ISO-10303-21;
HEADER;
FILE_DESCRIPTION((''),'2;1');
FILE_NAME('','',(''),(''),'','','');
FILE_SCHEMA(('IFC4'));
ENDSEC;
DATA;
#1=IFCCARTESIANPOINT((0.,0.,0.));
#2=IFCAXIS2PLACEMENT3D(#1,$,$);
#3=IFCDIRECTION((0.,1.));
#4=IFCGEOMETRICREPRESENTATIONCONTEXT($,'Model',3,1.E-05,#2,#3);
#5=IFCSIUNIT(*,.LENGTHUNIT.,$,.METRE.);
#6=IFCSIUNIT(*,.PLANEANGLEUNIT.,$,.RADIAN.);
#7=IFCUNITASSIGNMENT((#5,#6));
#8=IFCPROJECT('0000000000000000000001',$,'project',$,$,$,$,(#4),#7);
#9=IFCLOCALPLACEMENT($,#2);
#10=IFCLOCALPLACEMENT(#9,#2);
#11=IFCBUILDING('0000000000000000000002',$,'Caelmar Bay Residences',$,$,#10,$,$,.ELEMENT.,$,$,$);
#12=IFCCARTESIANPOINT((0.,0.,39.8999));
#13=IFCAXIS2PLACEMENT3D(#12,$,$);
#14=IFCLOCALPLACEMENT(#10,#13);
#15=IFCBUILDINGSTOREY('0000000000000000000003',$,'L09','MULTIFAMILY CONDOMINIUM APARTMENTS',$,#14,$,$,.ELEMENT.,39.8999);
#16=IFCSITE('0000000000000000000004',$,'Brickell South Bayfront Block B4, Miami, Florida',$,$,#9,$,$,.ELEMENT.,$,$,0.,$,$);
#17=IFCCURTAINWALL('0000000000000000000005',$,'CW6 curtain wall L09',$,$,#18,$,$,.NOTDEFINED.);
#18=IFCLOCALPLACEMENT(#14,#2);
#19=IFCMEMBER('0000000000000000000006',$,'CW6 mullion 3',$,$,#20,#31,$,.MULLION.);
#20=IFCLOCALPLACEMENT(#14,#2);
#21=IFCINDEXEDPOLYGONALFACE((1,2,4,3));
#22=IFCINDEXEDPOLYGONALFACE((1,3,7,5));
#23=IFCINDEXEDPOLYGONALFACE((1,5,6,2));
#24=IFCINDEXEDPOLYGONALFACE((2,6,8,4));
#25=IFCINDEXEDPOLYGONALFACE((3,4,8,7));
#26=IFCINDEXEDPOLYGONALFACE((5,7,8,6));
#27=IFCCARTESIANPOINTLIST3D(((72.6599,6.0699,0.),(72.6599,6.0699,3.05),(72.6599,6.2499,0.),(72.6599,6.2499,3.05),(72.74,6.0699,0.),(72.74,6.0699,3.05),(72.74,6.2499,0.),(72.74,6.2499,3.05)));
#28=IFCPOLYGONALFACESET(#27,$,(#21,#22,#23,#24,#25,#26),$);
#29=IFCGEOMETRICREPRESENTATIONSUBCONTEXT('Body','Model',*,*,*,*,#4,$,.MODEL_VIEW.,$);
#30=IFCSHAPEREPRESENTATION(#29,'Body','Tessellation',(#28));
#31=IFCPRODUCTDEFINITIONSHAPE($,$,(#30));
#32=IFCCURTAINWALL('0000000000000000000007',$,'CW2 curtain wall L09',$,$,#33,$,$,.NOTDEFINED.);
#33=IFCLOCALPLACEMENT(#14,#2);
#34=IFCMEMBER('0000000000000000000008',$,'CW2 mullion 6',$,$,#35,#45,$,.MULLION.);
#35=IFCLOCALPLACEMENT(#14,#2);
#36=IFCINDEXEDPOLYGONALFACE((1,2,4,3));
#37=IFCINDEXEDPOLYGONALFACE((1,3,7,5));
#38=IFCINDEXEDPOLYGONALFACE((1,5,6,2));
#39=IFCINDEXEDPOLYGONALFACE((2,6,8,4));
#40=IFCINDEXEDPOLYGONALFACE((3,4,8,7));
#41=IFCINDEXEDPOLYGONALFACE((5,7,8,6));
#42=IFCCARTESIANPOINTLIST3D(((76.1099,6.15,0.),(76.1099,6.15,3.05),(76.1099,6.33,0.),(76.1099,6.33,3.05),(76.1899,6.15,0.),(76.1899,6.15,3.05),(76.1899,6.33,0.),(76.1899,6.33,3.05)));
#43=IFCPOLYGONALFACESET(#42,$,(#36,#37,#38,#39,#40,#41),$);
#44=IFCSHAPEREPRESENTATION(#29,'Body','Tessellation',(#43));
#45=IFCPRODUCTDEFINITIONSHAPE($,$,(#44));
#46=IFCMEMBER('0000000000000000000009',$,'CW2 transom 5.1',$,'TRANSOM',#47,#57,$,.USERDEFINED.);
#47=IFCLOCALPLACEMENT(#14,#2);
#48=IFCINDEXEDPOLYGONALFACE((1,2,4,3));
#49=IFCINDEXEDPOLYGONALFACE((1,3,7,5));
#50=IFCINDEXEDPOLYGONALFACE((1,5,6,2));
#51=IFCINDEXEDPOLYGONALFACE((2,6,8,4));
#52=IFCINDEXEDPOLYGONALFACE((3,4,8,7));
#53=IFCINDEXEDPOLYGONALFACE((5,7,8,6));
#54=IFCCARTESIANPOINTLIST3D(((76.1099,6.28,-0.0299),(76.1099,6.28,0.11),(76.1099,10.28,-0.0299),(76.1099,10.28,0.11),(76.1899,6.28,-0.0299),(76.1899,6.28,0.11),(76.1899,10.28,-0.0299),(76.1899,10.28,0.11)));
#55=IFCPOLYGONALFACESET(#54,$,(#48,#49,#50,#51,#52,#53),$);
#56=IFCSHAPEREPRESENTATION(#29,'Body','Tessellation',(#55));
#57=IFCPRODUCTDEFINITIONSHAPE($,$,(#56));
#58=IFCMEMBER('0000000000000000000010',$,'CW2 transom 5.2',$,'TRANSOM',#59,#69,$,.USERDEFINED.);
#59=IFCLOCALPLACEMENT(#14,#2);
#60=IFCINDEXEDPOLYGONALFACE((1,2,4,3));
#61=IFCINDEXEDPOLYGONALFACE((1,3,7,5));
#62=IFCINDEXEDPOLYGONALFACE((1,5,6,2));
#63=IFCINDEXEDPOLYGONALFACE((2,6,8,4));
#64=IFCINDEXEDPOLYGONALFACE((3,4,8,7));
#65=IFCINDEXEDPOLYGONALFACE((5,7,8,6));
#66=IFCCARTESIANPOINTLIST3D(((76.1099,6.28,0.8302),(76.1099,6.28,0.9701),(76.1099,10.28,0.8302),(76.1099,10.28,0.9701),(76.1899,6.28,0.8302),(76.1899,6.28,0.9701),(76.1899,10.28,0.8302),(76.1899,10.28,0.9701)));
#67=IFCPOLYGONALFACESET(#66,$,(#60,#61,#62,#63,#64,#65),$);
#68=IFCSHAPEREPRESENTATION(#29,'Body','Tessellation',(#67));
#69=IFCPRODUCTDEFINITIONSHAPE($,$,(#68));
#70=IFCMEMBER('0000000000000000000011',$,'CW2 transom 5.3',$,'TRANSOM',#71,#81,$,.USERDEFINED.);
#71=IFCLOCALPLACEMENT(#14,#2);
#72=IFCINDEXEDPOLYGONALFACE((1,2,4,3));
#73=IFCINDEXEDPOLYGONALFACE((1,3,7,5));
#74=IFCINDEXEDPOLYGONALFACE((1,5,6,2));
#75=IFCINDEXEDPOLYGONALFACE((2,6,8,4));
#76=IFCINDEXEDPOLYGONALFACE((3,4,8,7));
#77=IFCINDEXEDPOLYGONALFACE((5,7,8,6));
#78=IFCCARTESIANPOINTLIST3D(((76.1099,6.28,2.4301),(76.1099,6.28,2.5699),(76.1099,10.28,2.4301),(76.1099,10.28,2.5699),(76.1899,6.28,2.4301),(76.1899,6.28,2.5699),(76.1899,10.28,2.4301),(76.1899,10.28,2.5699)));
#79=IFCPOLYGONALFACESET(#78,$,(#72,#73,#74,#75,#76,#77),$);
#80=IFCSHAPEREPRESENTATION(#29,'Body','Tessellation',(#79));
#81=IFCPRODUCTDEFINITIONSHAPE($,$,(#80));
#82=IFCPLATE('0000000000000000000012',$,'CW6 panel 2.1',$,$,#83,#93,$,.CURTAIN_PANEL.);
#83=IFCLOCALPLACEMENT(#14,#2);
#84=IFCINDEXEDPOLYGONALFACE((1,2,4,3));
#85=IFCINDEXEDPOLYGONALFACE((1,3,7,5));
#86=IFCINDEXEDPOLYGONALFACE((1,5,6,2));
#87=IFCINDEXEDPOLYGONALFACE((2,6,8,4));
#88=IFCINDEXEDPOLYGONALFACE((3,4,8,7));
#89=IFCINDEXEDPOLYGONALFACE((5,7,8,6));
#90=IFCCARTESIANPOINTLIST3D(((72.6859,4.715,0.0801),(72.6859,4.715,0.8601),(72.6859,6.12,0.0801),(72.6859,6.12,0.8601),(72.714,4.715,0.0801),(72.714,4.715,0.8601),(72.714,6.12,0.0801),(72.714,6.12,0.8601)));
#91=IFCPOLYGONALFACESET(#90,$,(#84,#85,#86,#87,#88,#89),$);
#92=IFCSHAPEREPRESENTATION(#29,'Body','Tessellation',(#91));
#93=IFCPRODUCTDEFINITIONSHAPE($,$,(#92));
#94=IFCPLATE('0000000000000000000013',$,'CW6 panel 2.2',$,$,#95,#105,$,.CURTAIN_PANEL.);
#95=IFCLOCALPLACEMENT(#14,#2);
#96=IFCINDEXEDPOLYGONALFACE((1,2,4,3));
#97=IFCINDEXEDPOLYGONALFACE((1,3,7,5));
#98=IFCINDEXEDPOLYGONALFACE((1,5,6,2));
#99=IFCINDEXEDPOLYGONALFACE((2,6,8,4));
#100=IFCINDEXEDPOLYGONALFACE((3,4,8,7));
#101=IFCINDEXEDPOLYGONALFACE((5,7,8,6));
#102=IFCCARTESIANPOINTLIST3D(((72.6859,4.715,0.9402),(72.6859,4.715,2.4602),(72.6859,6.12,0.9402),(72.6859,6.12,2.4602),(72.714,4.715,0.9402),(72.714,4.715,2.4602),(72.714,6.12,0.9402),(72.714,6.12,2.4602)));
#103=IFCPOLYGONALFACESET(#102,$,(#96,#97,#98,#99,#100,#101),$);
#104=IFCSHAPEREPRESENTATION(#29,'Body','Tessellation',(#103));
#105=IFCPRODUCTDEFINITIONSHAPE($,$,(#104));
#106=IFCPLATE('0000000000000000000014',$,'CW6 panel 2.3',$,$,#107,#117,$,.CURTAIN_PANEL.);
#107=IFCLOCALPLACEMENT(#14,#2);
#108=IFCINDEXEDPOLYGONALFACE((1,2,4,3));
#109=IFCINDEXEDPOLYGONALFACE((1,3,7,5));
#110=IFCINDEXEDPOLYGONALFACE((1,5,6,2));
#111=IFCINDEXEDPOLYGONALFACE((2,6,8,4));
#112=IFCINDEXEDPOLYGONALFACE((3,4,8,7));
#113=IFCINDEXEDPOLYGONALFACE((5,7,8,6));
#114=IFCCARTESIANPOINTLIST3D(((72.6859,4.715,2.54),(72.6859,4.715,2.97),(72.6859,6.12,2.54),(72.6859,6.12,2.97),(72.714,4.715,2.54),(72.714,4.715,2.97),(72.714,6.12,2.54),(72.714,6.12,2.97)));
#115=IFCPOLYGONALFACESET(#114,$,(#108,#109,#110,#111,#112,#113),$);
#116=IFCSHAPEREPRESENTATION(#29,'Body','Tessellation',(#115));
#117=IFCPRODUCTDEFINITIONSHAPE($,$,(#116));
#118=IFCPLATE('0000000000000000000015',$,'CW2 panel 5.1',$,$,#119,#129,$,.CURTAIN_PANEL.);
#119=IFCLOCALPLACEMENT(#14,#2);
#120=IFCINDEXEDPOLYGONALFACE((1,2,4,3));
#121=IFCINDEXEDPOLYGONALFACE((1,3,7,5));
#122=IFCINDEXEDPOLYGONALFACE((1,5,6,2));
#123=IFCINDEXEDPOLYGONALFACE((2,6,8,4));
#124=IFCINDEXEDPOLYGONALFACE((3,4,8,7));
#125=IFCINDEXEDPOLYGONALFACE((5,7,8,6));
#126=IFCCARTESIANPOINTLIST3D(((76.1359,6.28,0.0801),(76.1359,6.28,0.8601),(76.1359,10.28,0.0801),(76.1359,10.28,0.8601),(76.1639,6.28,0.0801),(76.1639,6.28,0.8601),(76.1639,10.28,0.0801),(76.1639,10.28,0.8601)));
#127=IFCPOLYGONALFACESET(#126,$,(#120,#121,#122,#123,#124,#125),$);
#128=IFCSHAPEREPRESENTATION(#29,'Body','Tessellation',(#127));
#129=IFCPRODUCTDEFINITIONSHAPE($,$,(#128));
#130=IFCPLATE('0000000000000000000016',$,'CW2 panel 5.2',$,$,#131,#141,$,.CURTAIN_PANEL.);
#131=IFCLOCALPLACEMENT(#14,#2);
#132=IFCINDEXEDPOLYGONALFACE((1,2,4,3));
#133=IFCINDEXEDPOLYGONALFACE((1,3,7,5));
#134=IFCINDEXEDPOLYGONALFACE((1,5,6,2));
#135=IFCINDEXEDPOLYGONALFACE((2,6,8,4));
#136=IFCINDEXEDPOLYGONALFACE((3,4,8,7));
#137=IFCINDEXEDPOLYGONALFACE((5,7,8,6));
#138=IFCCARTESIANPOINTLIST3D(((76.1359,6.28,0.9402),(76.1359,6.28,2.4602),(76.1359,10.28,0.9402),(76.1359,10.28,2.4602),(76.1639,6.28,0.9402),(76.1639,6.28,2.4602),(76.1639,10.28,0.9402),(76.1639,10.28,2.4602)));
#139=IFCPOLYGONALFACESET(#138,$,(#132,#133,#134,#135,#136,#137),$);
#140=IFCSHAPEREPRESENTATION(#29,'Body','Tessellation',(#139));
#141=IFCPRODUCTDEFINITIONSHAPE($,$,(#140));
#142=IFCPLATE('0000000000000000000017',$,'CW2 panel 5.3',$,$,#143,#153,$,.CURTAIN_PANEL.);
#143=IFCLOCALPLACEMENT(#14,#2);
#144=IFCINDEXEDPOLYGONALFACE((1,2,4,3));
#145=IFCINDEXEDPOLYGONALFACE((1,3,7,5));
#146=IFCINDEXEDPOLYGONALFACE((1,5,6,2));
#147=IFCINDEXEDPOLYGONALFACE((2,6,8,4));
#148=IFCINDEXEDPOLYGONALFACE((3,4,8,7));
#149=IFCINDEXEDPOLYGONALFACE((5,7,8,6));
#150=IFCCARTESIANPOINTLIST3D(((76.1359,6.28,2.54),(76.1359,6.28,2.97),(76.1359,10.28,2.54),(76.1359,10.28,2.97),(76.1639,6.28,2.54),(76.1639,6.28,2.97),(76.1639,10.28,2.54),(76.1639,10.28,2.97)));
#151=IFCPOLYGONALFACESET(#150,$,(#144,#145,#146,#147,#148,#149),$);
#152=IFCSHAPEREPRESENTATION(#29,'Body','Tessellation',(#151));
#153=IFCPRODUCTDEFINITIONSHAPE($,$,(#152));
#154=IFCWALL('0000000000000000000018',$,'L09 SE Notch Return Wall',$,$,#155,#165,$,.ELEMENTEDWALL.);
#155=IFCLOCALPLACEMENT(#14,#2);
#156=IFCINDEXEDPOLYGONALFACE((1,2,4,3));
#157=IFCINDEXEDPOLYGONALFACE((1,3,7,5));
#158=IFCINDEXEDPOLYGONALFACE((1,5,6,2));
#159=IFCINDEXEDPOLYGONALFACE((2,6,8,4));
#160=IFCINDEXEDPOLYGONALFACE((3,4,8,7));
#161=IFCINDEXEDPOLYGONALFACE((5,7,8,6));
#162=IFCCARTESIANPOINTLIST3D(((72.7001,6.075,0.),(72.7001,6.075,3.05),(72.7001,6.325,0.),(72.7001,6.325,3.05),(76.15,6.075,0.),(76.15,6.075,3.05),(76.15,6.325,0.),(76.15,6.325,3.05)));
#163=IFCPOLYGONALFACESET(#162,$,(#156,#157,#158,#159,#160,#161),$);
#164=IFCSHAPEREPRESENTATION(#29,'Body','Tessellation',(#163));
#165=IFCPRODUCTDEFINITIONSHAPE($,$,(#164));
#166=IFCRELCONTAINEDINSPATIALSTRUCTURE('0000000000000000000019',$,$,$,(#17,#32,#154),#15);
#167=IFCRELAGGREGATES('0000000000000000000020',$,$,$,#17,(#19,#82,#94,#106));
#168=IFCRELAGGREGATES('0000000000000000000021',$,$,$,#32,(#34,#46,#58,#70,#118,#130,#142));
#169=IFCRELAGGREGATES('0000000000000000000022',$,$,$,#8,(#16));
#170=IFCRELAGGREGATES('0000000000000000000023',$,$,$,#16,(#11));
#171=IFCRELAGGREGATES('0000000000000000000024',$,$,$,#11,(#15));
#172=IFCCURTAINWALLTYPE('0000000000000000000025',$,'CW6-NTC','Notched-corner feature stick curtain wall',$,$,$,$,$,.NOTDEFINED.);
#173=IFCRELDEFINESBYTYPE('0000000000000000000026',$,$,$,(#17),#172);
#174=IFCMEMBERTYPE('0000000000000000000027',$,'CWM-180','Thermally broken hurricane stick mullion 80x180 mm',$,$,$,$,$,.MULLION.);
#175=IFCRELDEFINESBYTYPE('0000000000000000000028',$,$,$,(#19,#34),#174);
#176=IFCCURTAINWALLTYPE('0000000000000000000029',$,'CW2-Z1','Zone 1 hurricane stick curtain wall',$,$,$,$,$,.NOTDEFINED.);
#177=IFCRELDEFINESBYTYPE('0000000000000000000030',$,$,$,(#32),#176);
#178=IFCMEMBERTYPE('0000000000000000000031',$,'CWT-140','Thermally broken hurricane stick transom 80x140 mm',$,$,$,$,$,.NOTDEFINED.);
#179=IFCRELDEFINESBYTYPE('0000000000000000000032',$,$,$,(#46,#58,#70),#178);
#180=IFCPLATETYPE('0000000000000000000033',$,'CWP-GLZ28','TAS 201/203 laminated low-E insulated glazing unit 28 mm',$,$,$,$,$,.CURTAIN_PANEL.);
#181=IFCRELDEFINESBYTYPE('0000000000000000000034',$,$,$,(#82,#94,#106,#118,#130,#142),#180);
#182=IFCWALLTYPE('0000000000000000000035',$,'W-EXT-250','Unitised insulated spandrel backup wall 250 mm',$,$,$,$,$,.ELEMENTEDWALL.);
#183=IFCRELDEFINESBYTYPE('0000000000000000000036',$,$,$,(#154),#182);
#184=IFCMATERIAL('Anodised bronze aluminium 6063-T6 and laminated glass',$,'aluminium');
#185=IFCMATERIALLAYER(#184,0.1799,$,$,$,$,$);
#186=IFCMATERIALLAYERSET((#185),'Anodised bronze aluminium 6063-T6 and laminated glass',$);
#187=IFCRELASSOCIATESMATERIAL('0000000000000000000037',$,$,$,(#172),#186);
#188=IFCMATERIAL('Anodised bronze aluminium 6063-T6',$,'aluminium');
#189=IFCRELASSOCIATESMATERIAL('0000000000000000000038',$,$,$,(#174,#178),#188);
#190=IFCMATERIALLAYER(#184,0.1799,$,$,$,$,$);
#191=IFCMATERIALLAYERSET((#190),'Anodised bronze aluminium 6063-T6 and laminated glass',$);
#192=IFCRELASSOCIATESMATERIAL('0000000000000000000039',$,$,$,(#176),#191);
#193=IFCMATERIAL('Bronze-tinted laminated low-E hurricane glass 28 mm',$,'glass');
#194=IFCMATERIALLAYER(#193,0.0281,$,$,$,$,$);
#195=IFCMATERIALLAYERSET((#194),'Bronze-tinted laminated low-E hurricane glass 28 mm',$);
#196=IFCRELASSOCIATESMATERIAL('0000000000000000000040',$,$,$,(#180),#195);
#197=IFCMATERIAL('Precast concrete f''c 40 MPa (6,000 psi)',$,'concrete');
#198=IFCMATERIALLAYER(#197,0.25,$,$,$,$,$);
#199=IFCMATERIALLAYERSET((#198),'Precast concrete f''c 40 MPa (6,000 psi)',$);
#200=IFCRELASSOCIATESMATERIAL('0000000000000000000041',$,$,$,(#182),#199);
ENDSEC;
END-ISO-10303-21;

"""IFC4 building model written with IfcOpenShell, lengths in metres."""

from ifc_helpers import new_model, si_unit, direction, frame, frame_2d, origin, origin_2d, place, context, subcontext, project, spatial, rectangle, extrude, material, layer, layer_set, material_profile, profile_set, type_object, element, aggregate, save


model = new_model("IFC4")

# Units and contexts
model_context = context("Model", 3, precision=1e-05, world=origin(), true_north=direction((0.0, 1.0)))
body_context = subcontext(model_context, "Body", "Model", "MODEL_VIEW")
ifc_project = project(units=[si_unit("LENGTHUNIT", "METRE"), si_unit("PLANEANGLEUNIT", "RADIAN")], contexts=[model_context])

# Site, building, storey
site_placement = place(None, origin())
site = spatial("IfcSite", under=ifc_project, at=site_placement, Name="Brickell South Bayfront Block B4, Miami, Florida", CompositionType="ELEMENT", RefElevation=0.0)
building_placement = place(site_placement, origin())
building = spatial("IfcBuilding", under=site, at=building_placement, Name="Caelmar Bay Residences", CompositionType="ELEMENT")
storey_placement = place(building_placement, frame((0.0, 0.0, 39.8999)))
storey = spatial("IfcBuildingStorey", under=building, at=storey_placement, Name="L09", Description="MULTIFAMILY CONDOMINIUM APARTMENTS", CompositionType="ELEMENT", Elevation=39.8999)

# Curtain wall, member
ifc_material_1 = material(Name="Anodised bronze aluminium 6063-T6 and laminated glass", Category="aluminium")
ifc_layer_1 = layer(ifc_material_1, 0.1799)
ifc_layer_set_1 = layer_set([ifc_layer_1], Name="Anodised bronze aluminium 6063-T6 and laminated glass")
curtain_wall_type_1 = type_object("IfcCurtainWallType", Name="CW6-NTC", Description="Notched-corner feature stick curtain wall", PredefinedType="NOTDEFINED", material=ifc_layer_set_1)
curtain_wall_1_placement = place(storey_placement, origin())
curtain_wall_1 = element("IfcCurtainWall", 1, at=curtain_wall_1_placement, inside=storey, type_object=curtain_wall_type_1, Name="CW6 curtain wall L09", PredefinedType="NOTDEFINED")
ifc_material_2 = material(Name="Anodised bronze aluminium 6063-T6", Category="aluminium")
ifc_material_profile_1 = material_profile(ifc_material_2, rectangle(XDim=0.0801, YDim=0.1799, at=origin_2d()), Name="CWM-80X180")
ifc_profile_set_1 = profile_set([ifc_material_profile_1], Name="Anodised bronze aluminium 6063-T6")
member_type_1 = type_object("IfcMemberType", Name="CWM-180", Description="Thermally broken hurricane stick mullion 80x180 mm", PredefinedType="MULLION", material=ifc_profile_set_1)
member_1_placement = place(storey_placement, frame((72.7, 6.1599, 0.0), z_axis=(0.0, 0.0, 1.0), x_axis=(-1.0, 0.0, 0.0)))
member_1 = element("IfcMember", 2, at=member_1_placement, type_object=member_type_1, Name="CW6 mullion 3", PredefinedType="MULLION", context=body_context, shape_type="SweptSolid", body=[
    extrude(rectangle(XDim=0.0801, YDim=0.1799, at=origin_2d()), origin(), (0.0, 0.0, 1.0), 3.05),
])

# Curtain wall, members
ifc_layer_2 = layer(ifc_material_1, 0.1799)
ifc_layer_set_2 = layer_set([ifc_layer_2], Name="Anodised bronze aluminium 6063-T6 and laminated glass")
curtain_wall_type_2 = type_object("IfcCurtainWallType", Name="CW2-Z1", Description="Zone 1 hurricane stick curtain wall", PredefinedType="NOTDEFINED", material=ifc_layer_set_2)
curtain_wall_2_placement = place(storey_placement, origin())
curtain_wall_2 = element("IfcCurtainWall", 3, at=curtain_wall_2_placement, inside=storey, type_object=curtain_wall_type_2, Name="CW2 curtain wall L09", PredefinedType="NOTDEFINED")
member_2_placement = place(storey_placement, frame((76.1499, 6.24, 0.0), z_axis=(0.0, 0.0, 1.0), x_axis=(1.0, 0.0, 0.0)))
member_2 = element("IfcMember", 4, at=member_2_placement, type_object=member_type_1, Name="CW2 mullion 6", PredefinedType="MULLION", context=body_context, shape_type="SweptSolid", body=[
    extrude(rectangle(XDim=0.0801, YDim=0.1799, at=origin_2d()), origin(), (0.0, 0.0, 1.0), 3.05),
])
ifc_material_profile_2 = material_profile(ifc_material_2, rectangle(XDim=0.0801, YDim=0.1399, at=origin_2d()), Name="CWT-80X140")
ifc_profile_set_2 = profile_set([ifc_material_profile_2], Name="Anodised bronze aluminium 6063-T6")
member_type_2 = type_object("IfcMemberType", Name="CWT-140", Description="Thermally broken hurricane stick transom 80x140 mm", PredefinedType="NOTDEFINED", material=ifc_profile_set_2)
member_3_placement = place(storey_placement, frame((76.1499, 10.28, 0.04), z_axis=(0.0, -1.0, 0.0), x_axis=(1.0, 0.0, 0.0)))
member_3 = element("IfcMember", 5, at=member_3_placement, type_object=member_type_2, Name="CW2 transom 5.1", ObjectType="TRANSOM", PredefinedType="USERDEFINED", context=body_context, shape_type="SweptSolid", body=[
    extrude(rectangle(XDim=0.0801, YDim=0.1399, at=origin_2d()), origin(), (0.0, 0.0, 1.0), 4.0),
])
member_4_placement = place(storey_placement, frame((76.1499, 10.28, 0.9001), z_axis=(0.0, -1.0, 0.0), x_axis=(1.0, 0.0, 0.0)))
member_4 = element("IfcMember", 6, at=member_4_placement, type_object=member_type_2, Name="CW2 transom 5.2", ObjectType="TRANSOM", PredefinedType="USERDEFINED", context=body_context, shape_type="SweptSolid", body=[
    extrude(rectangle(XDim=0.0801, YDim=0.1399, at=origin_2d()), origin(), (0.0, 0.0, 1.0), 4.0),
])
member_5_placement = place(storey_placement, frame((76.1499, 10.28, 2.5), z_axis=(0.0, -1.0, 0.0), x_axis=(1.0, 0.0, 0.0)))
member_5 = element("IfcMember", 7, at=member_5_placement, type_object=member_type_2, Name="CW2 transom 5.3", ObjectType="TRANSOM", PredefinedType="USERDEFINED", context=body_context, shape_type="SweptSolid", body=[
    extrude(rectangle(XDim=0.0801, YDim=0.1399, at=origin_2d()), origin(), (0.0, 0.0, 1.0), 4.0),
])

# Plates
ifc_material_3 = material(Name="Bronze-tinted laminated low-E hurricane glass 28 mm", Category="glass")
ifc_layer_3 = layer(ifc_material_3, 0.0281)
ifc_layer_set_3 = layer_set([ifc_layer_3], Name="Bronze-tinted laminated low-E hurricane glass 28 mm")
plate_type = type_object("IfcPlateType", Name="CWP-GLZ28", Description="TAS 201/203 laminated low-E insulated glazing unit 28 mm", PredefinedType="CURTAIN_PANEL", material=ifc_layer_set_3)
plate_1_placement = place(storey_placement, frame((72.7, 5.4175, 0.0801), z_axis=(0.0, 0.0, 1.0), x_axis=(0.0, 1.0, 0.0)))
plate_1 = element("IfcPlate", 8, at=plate_1_placement, type_object=plate_type, Name="CW6 panel 2.1", PredefinedType="CURTAIN_PANEL", context=body_context, shape_type="SweptSolid", body=[
    extrude(rectangle(XDim=1.405, YDim=0.0281, at=origin_2d()), origin(), (0.0, 0.0, 1.0), 0.78),
])
plate_2_placement = place(storey_placement, frame((72.7, 5.4175, 0.9402), z_axis=(0.0, 0.0, 1.0), x_axis=(0.0, 1.0, 0.0)))
plate_2 = element("IfcPlate", 9, at=plate_2_placement, type_object=plate_type, Name="CW6 panel 2.2", PredefinedType="CURTAIN_PANEL", context=body_context, shape_type="SweptSolid", body=[
    extrude(rectangle(XDim=1.405, YDim=0.0281, at=origin_2d()), origin(), (0.0, 0.0, 1.0), 1.52),
])
plate_3_placement = place(storey_placement, frame((72.7, 5.4175, 2.54), z_axis=(0.0, 0.0, 1.0), x_axis=(0.0, 1.0, 0.0)))
plate_3 = element("IfcPlate", 10, at=plate_3_placement, type_object=plate_type, Name="CW6 panel 2.3", PredefinedType="CURTAIN_PANEL", context=body_context, shape_type="SweptSolid", body=[
    extrude(rectangle(XDim=1.405, YDim=0.0281, at=origin_2d()), origin(), (0.0, 0.0, 1.0), 0.4299),
])
aggregate(curtain_wall_1, [member_1, plate_1, plate_2, plate_3])
plate_4_placement = place(storey_placement, frame((76.1499, 8.28, 0.0801), z_axis=(0.0, 0.0, 1.0), x_axis=(0.0, -1.0, 0.0)))
plate_4 = element("IfcPlate", 11, at=plate_4_placement, type_object=plate_type, Name="CW2 panel 5.1", PredefinedType="CURTAIN_PANEL", context=body_context, shape_type="SweptSolid", body=[
    extrude(rectangle(XDim=4.0, YDim=0.0281, at=origin_2d()), origin(), (0.0, 0.0, 1.0), 0.78),
])
plate_5_placement = place(storey_placement, frame((76.1499, 8.28, 0.9402), z_axis=(0.0, 0.0, 1.0), x_axis=(0.0, -1.0, 0.0)))
plate_5 = element("IfcPlate", 12, at=plate_5_placement, type_object=plate_type, Name="CW2 panel 5.2", PredefinedType="CURTAIN_PANEL", context=body_context, shape_type="SweptSolid", body=[
    extrude(rectangle(XDim=4.0, YDim=0.0281, at=origin_2d()), origin(), (0.0, 0.0, 1.0), 1.52),
])
plate_6_placement = place(storey_placement, frame((76.1499, 8.28, 2.54), z_axis=(0.0, 0.0, 1.0), x_axis=(0.0, -1.0, 0.0)))
plate_6 = element("IfcPlate", 13, at=plate_6_placement, type_object=plate_type, Name="CW2 panel 5.3", PredefinedType="CURTAIN_PANEL", context=body_context, shape_type="SweptSolid", body=[
    extrude(rectangle(XDim=4.0, YDim=0.0281, at=origin_2d()), origin(), (0.0, 0.0, 1.0), 0.4299),
])
aggregate(curtain_wall_2, [member_2, member_3, member_4, member_5, plate_4, plate_5, plate_6])

# Wall
ifc_material_4 = material(Name="Precast concrete f'c 40 MPa (6,000 psi)", Category="concrete")
ifc_layer_4 = layer(ifc_material_4, 0.25)
ifc_layer_set_4 = layer_set([ifc_layer_4], Name="Precast concrete f'c 40 MPa (6,000 psi)")
wall_type_1 = type_object("IfcWallType", Name="W-EXT-250", Description="Unitised insulated spandrel backup wall 250 mm", PredefinedType="ELEMENTEDWALL", material=ifc_layer_set_4)
wall_1_placement = place(storey_placement, frame((72.7, 6.2, 0.0), z_axis=(0.0, 0.0, 1.0), x_axis=(1.0, 0.0, 0.0)))
element("IfcWall", 14, at=wall_1_placement, inside=storey, type_object=wall_type_1, Name="L09 SE Notch Return Wall", PredefinedType="ELEMENTEDWALL", context=body_context, shape_type="SweptSolid", body=[
    extrude(rectangle(XDim=3.45, YDim=0.25, at=frame_2d((1.7251, 0.0))), origin(), (0.0, 0.0, 1.0), 3.05),
])

save(model, "model.ifc")
